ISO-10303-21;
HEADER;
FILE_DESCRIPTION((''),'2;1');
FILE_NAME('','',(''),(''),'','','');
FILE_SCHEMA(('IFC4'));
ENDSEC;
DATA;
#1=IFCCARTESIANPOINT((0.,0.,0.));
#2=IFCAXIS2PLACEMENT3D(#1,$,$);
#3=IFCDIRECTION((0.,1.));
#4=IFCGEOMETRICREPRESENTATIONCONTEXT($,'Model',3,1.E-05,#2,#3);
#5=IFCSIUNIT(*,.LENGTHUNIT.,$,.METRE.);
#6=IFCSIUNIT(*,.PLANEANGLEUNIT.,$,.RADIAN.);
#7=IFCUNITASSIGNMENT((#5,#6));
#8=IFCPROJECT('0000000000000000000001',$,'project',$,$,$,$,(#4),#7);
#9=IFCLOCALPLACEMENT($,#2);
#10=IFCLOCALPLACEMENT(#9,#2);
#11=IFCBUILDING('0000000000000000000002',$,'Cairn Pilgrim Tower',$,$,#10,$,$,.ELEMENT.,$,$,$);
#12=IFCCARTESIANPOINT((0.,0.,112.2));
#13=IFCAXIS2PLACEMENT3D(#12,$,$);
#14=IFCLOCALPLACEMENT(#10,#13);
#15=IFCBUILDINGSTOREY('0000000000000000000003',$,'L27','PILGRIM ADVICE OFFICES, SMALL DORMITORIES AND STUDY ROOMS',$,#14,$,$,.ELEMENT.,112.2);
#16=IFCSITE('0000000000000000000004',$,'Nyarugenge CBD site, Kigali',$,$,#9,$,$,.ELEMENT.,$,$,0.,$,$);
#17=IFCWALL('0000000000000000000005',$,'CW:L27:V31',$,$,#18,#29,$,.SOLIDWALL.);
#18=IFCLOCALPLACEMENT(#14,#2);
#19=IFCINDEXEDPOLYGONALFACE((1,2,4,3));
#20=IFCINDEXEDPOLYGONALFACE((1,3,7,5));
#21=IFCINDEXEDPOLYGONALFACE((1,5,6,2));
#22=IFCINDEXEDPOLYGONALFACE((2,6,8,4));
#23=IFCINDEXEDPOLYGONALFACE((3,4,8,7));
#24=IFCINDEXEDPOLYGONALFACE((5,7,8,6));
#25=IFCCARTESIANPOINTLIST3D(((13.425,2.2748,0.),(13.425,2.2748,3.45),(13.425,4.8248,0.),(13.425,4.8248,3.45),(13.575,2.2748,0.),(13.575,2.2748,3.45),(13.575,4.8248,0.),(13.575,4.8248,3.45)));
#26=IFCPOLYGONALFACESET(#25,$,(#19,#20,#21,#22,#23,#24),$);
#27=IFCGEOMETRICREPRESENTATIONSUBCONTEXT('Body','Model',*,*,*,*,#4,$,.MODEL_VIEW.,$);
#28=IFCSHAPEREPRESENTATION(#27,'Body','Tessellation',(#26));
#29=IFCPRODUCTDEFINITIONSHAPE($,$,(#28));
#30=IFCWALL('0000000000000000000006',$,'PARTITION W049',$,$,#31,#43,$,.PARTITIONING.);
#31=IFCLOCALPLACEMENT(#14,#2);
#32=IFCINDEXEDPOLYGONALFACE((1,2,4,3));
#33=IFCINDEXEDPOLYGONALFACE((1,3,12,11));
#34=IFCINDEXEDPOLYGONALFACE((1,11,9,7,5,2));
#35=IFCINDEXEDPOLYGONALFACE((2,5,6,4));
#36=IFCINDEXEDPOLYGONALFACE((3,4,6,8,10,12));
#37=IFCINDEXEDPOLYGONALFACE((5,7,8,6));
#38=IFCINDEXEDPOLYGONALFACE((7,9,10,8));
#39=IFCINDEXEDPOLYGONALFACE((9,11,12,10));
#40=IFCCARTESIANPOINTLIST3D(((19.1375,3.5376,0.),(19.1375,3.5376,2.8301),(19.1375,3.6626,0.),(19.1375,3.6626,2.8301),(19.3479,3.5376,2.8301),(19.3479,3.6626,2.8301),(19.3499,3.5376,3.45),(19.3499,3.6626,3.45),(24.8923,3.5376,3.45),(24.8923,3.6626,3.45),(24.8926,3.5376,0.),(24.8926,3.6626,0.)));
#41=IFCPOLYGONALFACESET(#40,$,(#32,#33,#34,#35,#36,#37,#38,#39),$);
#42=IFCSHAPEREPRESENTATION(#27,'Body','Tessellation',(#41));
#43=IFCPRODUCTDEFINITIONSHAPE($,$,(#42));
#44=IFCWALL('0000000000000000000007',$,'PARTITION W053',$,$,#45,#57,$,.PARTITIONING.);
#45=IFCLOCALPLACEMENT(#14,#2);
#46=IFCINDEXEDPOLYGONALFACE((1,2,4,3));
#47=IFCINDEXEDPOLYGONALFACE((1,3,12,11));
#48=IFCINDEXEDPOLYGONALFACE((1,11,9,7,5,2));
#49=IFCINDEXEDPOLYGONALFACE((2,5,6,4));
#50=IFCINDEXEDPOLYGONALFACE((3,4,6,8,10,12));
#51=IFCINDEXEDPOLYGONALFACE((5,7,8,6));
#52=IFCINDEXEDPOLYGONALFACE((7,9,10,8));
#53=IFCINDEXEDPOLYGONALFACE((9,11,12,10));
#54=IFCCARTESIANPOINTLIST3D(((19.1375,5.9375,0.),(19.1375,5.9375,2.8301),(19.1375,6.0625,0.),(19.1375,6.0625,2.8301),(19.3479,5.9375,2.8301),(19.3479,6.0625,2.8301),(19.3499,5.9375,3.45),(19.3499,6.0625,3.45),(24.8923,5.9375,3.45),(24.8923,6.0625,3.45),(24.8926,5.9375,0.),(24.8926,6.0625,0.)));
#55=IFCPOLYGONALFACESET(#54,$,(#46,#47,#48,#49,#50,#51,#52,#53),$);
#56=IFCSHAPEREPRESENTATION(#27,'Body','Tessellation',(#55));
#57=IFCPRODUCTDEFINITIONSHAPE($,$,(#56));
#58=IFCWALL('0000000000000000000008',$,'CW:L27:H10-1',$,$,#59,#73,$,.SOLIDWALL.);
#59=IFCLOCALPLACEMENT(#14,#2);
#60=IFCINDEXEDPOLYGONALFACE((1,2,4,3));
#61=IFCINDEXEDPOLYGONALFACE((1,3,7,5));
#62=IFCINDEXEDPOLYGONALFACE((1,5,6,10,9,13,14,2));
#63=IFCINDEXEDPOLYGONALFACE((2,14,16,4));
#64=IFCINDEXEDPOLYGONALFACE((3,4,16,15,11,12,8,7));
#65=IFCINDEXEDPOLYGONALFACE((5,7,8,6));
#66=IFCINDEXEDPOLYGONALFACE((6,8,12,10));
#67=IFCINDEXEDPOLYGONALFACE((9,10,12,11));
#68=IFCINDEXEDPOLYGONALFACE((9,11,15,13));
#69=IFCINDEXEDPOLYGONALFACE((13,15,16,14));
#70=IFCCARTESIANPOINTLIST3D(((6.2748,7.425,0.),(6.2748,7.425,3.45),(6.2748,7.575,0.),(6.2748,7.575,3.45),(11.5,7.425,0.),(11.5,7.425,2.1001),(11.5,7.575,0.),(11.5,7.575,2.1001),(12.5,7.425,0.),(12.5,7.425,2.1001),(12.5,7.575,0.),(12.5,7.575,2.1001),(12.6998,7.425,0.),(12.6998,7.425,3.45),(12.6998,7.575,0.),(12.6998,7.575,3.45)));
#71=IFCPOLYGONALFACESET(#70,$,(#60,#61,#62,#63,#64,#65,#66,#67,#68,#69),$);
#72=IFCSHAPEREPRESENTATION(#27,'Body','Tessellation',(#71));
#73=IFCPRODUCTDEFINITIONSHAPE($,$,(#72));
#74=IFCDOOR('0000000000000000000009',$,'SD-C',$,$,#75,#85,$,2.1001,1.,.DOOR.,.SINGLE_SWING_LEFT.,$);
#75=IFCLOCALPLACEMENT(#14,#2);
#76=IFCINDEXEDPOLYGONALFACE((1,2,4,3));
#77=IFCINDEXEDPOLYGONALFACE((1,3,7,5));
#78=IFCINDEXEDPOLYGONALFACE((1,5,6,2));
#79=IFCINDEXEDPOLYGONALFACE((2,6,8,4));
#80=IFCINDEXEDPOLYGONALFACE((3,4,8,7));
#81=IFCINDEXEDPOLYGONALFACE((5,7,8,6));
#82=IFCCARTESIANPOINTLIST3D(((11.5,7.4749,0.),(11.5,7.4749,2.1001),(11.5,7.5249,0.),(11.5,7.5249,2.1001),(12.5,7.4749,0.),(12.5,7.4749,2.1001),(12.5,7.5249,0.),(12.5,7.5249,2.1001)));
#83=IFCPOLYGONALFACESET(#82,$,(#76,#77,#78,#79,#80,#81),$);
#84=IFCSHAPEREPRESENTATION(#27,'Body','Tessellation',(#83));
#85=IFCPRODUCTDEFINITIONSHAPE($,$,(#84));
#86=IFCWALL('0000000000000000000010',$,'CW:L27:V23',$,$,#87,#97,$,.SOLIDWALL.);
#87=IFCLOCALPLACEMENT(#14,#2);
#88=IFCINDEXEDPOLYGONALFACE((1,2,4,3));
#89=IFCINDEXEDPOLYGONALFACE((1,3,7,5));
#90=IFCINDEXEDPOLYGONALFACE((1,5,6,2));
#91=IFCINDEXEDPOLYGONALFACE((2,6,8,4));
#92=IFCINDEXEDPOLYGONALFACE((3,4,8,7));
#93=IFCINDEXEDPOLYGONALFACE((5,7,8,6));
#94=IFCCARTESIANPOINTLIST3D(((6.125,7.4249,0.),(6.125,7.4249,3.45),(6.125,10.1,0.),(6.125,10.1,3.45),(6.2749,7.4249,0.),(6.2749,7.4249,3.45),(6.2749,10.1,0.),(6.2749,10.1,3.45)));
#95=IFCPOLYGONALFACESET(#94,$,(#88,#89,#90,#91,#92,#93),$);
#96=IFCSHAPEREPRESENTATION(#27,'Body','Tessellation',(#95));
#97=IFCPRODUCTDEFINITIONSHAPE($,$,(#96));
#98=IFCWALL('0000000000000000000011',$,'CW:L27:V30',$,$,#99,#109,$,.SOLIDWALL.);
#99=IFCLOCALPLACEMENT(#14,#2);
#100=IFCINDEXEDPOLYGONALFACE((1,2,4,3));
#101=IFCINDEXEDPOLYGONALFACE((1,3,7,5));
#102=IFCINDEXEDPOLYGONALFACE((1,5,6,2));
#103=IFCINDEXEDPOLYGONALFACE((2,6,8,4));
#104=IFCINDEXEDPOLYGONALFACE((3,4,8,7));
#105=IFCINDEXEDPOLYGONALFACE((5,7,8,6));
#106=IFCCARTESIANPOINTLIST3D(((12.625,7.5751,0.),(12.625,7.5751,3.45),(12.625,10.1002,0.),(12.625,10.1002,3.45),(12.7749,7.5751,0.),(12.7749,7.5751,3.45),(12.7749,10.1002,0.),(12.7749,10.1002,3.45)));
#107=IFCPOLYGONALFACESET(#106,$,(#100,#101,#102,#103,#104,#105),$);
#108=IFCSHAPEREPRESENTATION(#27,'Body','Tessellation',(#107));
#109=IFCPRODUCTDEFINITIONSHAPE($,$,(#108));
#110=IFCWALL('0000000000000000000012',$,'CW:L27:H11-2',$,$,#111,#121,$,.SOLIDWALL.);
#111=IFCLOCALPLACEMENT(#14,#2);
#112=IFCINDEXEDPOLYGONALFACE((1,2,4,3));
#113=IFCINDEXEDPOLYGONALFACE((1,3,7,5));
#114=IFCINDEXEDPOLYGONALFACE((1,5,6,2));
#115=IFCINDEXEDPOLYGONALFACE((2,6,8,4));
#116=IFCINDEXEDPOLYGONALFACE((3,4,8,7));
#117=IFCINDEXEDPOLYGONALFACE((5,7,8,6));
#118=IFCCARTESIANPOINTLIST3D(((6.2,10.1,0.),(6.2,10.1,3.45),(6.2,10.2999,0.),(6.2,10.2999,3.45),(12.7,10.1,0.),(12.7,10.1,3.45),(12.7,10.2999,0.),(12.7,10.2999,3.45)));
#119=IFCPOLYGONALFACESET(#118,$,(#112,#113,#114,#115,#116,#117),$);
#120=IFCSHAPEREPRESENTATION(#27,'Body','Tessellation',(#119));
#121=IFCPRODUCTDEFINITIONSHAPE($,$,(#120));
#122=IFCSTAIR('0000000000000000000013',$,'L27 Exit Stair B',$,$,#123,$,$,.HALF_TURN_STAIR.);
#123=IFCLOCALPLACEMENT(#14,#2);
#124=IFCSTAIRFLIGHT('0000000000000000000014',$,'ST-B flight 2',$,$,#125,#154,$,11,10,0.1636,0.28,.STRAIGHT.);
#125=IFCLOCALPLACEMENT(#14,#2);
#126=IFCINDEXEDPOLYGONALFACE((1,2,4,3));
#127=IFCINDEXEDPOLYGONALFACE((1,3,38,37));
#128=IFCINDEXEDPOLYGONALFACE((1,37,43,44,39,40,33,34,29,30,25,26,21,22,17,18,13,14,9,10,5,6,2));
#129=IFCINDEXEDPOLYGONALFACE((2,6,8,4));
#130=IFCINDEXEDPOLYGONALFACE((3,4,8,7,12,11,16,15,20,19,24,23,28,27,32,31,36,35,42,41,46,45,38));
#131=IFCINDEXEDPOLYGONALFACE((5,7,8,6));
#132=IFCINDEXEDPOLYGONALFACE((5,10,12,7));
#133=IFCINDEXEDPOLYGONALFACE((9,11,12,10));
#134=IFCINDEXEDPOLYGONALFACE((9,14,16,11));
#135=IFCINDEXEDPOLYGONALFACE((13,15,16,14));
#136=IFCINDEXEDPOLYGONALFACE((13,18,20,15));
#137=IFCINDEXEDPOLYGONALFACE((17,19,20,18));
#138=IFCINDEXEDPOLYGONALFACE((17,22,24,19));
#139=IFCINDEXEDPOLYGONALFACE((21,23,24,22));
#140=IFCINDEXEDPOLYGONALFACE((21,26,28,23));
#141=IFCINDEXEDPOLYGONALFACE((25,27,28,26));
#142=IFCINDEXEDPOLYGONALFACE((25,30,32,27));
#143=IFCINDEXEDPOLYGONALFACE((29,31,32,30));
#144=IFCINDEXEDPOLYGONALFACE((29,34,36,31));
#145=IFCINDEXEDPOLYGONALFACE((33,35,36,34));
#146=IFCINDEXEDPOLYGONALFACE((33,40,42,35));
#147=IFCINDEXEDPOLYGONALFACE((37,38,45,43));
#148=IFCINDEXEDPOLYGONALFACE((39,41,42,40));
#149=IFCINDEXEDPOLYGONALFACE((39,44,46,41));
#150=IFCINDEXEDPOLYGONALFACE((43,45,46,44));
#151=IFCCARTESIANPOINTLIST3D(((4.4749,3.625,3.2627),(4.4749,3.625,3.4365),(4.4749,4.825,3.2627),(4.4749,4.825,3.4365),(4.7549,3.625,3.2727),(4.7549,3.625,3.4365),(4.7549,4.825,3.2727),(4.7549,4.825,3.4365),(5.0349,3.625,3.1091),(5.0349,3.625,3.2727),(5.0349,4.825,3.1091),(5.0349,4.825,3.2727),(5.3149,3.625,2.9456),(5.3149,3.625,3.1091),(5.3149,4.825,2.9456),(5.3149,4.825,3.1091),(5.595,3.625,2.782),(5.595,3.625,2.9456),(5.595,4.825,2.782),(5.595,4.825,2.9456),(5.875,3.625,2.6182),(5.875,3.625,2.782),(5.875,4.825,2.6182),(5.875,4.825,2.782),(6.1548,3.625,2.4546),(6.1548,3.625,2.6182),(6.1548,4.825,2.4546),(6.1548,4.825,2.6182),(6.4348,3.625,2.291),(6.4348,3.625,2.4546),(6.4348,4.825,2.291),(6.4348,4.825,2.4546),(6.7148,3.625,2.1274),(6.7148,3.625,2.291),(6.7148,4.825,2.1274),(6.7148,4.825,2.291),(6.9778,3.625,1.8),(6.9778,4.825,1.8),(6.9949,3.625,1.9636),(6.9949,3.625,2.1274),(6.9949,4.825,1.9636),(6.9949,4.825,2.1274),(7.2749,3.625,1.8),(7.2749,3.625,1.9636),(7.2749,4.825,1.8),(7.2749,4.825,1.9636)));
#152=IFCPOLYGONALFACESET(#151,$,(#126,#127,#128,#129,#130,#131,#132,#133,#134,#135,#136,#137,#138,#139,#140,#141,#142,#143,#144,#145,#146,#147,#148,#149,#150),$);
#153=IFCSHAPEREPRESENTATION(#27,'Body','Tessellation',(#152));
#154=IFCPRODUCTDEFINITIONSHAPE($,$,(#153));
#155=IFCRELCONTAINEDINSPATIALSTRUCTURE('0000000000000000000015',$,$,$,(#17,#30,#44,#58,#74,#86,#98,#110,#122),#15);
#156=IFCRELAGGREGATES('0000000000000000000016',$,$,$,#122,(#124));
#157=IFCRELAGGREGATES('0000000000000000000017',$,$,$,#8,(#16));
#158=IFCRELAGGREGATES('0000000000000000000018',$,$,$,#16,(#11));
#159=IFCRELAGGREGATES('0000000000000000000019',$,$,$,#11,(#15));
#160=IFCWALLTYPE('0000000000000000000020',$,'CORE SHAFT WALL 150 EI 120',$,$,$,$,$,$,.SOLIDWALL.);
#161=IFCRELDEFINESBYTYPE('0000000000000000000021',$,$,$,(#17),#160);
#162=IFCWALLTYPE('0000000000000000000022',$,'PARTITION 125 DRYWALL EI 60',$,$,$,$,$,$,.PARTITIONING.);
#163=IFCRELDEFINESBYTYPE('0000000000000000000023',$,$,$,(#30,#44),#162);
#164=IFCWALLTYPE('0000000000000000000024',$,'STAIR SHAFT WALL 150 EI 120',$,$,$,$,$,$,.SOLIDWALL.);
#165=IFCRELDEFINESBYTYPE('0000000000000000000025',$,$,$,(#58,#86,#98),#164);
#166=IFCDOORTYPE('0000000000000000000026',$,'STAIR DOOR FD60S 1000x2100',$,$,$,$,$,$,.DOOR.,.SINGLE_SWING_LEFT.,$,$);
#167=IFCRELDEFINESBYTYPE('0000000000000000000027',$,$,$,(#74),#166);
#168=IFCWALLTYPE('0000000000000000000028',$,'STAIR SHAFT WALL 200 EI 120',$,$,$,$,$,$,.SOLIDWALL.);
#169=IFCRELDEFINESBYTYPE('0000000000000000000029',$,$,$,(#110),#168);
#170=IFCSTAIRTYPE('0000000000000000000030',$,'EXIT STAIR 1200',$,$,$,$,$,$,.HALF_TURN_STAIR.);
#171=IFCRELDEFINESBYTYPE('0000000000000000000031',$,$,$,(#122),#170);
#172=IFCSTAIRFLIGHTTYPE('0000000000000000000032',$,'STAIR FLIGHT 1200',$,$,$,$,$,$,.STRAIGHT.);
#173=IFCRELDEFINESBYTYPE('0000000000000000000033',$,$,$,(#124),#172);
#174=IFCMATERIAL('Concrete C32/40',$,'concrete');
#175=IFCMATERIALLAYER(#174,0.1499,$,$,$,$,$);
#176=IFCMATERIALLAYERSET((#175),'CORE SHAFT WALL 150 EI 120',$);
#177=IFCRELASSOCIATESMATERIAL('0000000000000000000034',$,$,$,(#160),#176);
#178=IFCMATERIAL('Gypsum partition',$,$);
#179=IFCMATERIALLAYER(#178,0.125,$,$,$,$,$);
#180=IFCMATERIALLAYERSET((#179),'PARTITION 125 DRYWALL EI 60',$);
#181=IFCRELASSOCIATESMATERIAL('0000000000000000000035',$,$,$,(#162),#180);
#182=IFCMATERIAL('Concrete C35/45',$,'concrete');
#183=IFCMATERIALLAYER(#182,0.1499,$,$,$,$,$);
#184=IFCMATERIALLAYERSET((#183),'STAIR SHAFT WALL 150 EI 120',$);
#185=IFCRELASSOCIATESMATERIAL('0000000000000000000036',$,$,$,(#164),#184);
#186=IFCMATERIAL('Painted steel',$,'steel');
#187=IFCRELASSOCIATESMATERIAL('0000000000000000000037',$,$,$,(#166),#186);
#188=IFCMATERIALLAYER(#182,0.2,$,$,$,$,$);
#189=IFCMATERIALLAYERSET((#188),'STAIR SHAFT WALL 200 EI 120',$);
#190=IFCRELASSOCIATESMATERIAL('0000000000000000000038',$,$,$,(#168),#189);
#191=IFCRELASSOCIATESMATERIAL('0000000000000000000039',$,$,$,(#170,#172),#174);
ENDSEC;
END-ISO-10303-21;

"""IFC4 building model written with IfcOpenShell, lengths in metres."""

from ifc_helpers import new_model, si_unit, direction, frame, frame_2d, origin, place, context, subcontext, project, spatial, polyline, rectangle, outline, extrude, material, layer, layer_set, type_object, element, fill, aggregate, save


model = new_model("IFC4")

# Units and contexts
model_context = context("Model", 3, precision=1e-05, world=origin(), true_north=direction((0.0, 1.0)))
body_context = subcontext(model_context, "Body", "Model", "MODEL_VIEW")
ifc_project = project(units=[si_unit("LENGTHUNIT", "METRE"), si_unit("PLANEANGLEUNIT", "RADIAN")], contexts=[model_context])

# Site, building, storey
site_placement = place(None, origin())
site = spatial("IfcSite", under=ifc_project, at=site_placement, Name="Nyarugenge CBD site, Kigali", CompositionType="ELEMENT", RefElevation=0.0)
building_placement = place(site_placement, origin())
building = spatial("IfcBuilding", under=site, at=building_placement, Name="Cairn Pilgrim Tower", CompositionType="ELEMENT")
storey_placement = place(building_placement, frame((0.0, 0.0, 112.2)))
storey = spatial("IfcBuildingStorey", under=building, at=storey_placement, Name="L27", Description="PILGRIM ADVICE OFFICES, SMALL DORMITORIES AND STUDY ROOMS", CompositionType="ELEMENT", Elevation=112.2)

# Shared definitions
ifc_material_1 = material(Name="Concrete C32/40", Category="concrete")

# Shared definitions
ifc_layer_1 = layer(ifc_material_1, 0.1499)
ifc_layer_set_1 = layer_set([ifc_layer_1], Name="CORE SHAFT WALL 150 EI 120")
wall_type_1 = type_object("IfcWallType", Name="CORE SHAFT WALL 150 EI 120", PredefinedType="SOLIDWALL", material=ifc_layer_set_1)
ifc_material_2 = material(Name="Painted steel", Category="steel")

# Walls
wall_1_placement = place(storey_placement, frame((13.5, 2.2749, 0.0), z_axis=(0.0, 0.0, 1.0), x_axis=(0.0, 1.0, 0.0)))
element("IfcWall", 1, at=wall_1_placement, inside=storey, type_object=wall_type_1, Name="CW:L27:V31", PredefinedType="SOLIDWALL", context=body_context, shape_type="SweptSolid", body=[
    extrude(rectangle(XDim=2.55, YDim=0.1499, at=frame_2d((1.2749, 0.0))), origin(), (0.0, 0.0, 1.0), 3.45),
])
ifc_material_3 = material(Name="Gypsum partition")
ifc_layer_2 = layer(ifc_material_3, 0.125)
ifc_layer_set_2 = layer_set([ifc_layer_2], Name="PARTITION 125 DRYWALL EI 60")
wall_type_2 = type_object("IfcWallType", Name="PARTITION 125 DRYWALL EI 60", PredefinedType="PARTITIONING", material=ifc_layer_set_2)
for number, where, z_axis, x_axis, name in (
    (2, (19.1375, 3.6001, 0.0), (0.0, 0.0, 1.0), (1.0, 0.0, 0.0), "PARTITION W049"),
    (3, (19.1375, 6.0, 0.0), (0.0, 0.0, 1.0), (1.0, 0.0, 0.0), "PARTITION W053"),
):
    element("IfcWall", number, at=place(storey_placement, frame(where, z_axis=z_axis, x_axis=x_axis)), inside=storey, type_object=wall_type_2, Name=name, PredefinedType="PARTITIONING", context=body_context, shape_type="SweptSolid", body=[
        extrude(outline(polyline([(0.0, 0.0), (5.7551, 0.0), (5.7549, 3.45), (0.2124, 3.45), (0.2104, 2.8301), (0.0, 2.8301), (0.0, 0.0)])), frame((0.0, 0.0625, 0.0), z_axis=(0.0, -1.0, 0.0), x_axis=(1.0, 0.0, 0.0)), (0.0, 0.0, 1.0), 0.125),
    ])

# Wall, opening, door
ifc_material_4 = material(Name="Concrete C35/45", Category="concrete")
ifc_layer_3 = layer(ifc_material_4, 0.1499)
ifc_layer_set_3 = layer_set([ifc_layer_3], Name="STAIR SHAFT WALL 150 EI 120")
wall_type_3 = type_object("IfcWallType", Name="STAIR SHAFT WALL 150 EI 120", PredefinedType="SOLIDWALL", material=ifc_layer_set_3)
wall_2_placement = place(storey_placement, frame((6.2749, 7.5, 0.0), z_axis=(0.0, 0.0, 1.0), x_axis=(1.0, 0.0, 0.0)))
wall_2 = element("IfcWall", 4, at=wall_2_placement, inside=storey, type_object=wall_type_3, Name="CW:L27:H10-1", PredefinedType="SOLIDWALL", context=body_context, shape_type="SweptSolid", body=[
    extrude(rectangle(XDim=6.425, YDim=0.1499, at=frame_2d((3.2124, 0.0))), origin(), (0.0, 0.0, 1.0), 3.45),
])
opening_1_placement = place(wall_2_placement, frame((5.2251, 0.0, 0.0)))
opening_1 = element("IfcOpeningElement", 5, at=opening_1_placement, cuts=wall_2, PredefinedType="OPENING", context=body_context, shape_type="SweptSolid", body=[
    extrude(rectangle(XDim=1.0, YDim=2.1001, at=frame_2d((0.5, 1.05))), frame((0.0, 0.085, 0.0), z_axis=(0.0, -1.0, 0.0), x_axis=(1.0, 0.0, 0.0)), (0.0, 0.0, 1.0), 0.1699),
])
door_type_1 = type_object("IfcDoorType", Name="STAIR DOOR FD60S 1000x2100", OperationType="SINGLE_SWING_LEFT", PredefinedType="DOOR", material=ifc_material_2)
door_1_placement = place(opening_1_placement, origin())
door_1 = element("IfcDoor", 6, at=door_1_placement, inside=storey, type_object=door_type_1, Name="SD-C", OperationType="SINGLE_SWING_LEFT", OverallHeight=2.1001, OverallWidth=1.0, PredefinedType="DOOR", context=body_context, shape_type="SweptSolid", body=[
    extrude(rectangle(XDim=1.0, YDim=2.1001, at=frame_2d((0.5, 1.05))), frame((0.0, 0.0249, 0.0), z_axis=(0.0, -1.0, 0.0), x_axis=(1.0, 0.0, 0.0)), (0.0, 0.0, 1.0), 0.05),
])
fill(opening_1, door_1)

# Walls
wall_3_placement = place(storey_placement, frame((6.2, 7.425, 0.0), z_axis=(0.0, 0.0, 1.0), x_axis=(0.0, 1.0, 0.0)))
element("IfcWall", 7, at=wall_3_placement, inside=storey, type_object=wall_type_3, Name="CW:L27:V23", PredefinedType="SOLIDWALL", context=body_context, shape_type="SweptSolid", body=[
    extrude(rectangle(XDim=2.675, YDim=0.1499, at=frame_2d((1.3374, 0.0))), origin(), (0.0, 0.0, 1.0), 3.45),
])
wall_4_placement = place(storey_placement, frame((12.7, 7.575, 0.0), z_axis=(0.0, 0.0, 1.0), x_axis=(0.0, 1.0, 0.0)))
element("IfcWall", 8, at=wall_4_placement, inside=storey, type_object=wall_type_3, Name="CW:L27:V30", PredefinedType="SOLIDWALL", context=body_context, shape_type="SweptSolid", body=[
    extrude(rectangle(XDim=2.5251, YDim=0.1499, at=frame_2d((1.2627, 0.0))), origin(), (0.0, 0.0, 1.0), 3.45),
])
ifc_layer_4 = layer(ifc_material_4, 0.2)
ifc_layer_set_4 = layer_set([ifc_layer_4], Name="STAIR SHAFT WALL 200 EI 120")
wall_type_4 = type_object("IfcWallType", Name="STAIR SHAFT WALL 200 EI 120", PredefinedType="SOLIDWALL", material=ifc_layer_set_4)
wall_5_placement = place(storey_placement, frame((6.2, 10.2, 0.0), z_axis=(0.0, 0.0, 1.0), x_axis=(1.0, 0.0, 0.0)))
element("IfcWall", 9, at=wall_5_placement, inside=storey, type_object=wall_type_4, Name="CW:L27:H11-2", PredefinedType="SOLIDWALL", context=body_context, shape_type="SweptSolid", body=[
    extrude(rectangle(XDim=6.5, YDim=0.2, at=frame_2d((3.25, 0.0))), origin(), (0.0, 0.0, 1.0), 3.45),
])

# Stair, stair flight
stair_type = type_object("IfcStairType", Name="EXIT STAIR 1200", PredefinedType="HALF_TURN_STAIR", material=ifc_material_1)
stair_1_placement = place(storey_placement, origin())
stair_1 = element("IfcStair", 10, at=stair_1_placement, inside=storey, type_object=stair_type, Name="L27 Exit Stair B", PredefinedType="HALF_TURN_STAIR")
stair_flight_type = type_object("IfcStairFlightType", Name="STAIR FLIGHT 1200", PredefinedType="STRAIGHT", material=ifc_material_1)
stair_flight_1_placement = place(storey_placement, frame((7.2749, 4.2251, 1.8), z_axis=(0.0, 0.0, 1.0), x_axis=(-1.0, 0.0, 0.0)))
stair_flight_1 = element("IfcStairFlight", 11, at=stair_flight_1_placement, type_object=stair_flight_type, Name="ST-B flight 2", NumberOfRisers=11, NumberOfTreads=10, PredefinedType="STRAIGHT", RiserHeight=0.1636, TreadLength=0.28, context=body_context, shape_type="SweptSolid", body=[
    extrude(outline(polyline([(0.0, 0.0), (0.0, 0.1636), (0.28, 0.1636), (0.28, 0.3274), (0.5601, 0.3274), (0.5601, 0.491), (0.8401, 0.491), (0.8401, 0.6545), (1.1201, 0.6545), (1.1201, 0.8181), (1.3999, 0.8181), (1.3999, 0.9819), (1.6799, 0.9819), (1.6799, 1.1455), (1.96, 1.1455), (1.96, 1.3091), (2.24, 1.3091), (2.24, 1.4727), (2.52, 1.4727), (2.52, 1.6365), (2.8, 1.6365), (2.8, 1.8), (2.8, 1.4626), (0.2971, 0.0), (0.0, 0.0)])), frame((0.0, 0.6001, 0.0), z_axis=(0.0, -1.0, 0.0), x_axis=(1.0, 0.0, 0.0)), (0.0, 0.0, 1.0), 1.2),
])
aggregate(stair_1, [stair_flight_1])

save(model, "model.ifc")
